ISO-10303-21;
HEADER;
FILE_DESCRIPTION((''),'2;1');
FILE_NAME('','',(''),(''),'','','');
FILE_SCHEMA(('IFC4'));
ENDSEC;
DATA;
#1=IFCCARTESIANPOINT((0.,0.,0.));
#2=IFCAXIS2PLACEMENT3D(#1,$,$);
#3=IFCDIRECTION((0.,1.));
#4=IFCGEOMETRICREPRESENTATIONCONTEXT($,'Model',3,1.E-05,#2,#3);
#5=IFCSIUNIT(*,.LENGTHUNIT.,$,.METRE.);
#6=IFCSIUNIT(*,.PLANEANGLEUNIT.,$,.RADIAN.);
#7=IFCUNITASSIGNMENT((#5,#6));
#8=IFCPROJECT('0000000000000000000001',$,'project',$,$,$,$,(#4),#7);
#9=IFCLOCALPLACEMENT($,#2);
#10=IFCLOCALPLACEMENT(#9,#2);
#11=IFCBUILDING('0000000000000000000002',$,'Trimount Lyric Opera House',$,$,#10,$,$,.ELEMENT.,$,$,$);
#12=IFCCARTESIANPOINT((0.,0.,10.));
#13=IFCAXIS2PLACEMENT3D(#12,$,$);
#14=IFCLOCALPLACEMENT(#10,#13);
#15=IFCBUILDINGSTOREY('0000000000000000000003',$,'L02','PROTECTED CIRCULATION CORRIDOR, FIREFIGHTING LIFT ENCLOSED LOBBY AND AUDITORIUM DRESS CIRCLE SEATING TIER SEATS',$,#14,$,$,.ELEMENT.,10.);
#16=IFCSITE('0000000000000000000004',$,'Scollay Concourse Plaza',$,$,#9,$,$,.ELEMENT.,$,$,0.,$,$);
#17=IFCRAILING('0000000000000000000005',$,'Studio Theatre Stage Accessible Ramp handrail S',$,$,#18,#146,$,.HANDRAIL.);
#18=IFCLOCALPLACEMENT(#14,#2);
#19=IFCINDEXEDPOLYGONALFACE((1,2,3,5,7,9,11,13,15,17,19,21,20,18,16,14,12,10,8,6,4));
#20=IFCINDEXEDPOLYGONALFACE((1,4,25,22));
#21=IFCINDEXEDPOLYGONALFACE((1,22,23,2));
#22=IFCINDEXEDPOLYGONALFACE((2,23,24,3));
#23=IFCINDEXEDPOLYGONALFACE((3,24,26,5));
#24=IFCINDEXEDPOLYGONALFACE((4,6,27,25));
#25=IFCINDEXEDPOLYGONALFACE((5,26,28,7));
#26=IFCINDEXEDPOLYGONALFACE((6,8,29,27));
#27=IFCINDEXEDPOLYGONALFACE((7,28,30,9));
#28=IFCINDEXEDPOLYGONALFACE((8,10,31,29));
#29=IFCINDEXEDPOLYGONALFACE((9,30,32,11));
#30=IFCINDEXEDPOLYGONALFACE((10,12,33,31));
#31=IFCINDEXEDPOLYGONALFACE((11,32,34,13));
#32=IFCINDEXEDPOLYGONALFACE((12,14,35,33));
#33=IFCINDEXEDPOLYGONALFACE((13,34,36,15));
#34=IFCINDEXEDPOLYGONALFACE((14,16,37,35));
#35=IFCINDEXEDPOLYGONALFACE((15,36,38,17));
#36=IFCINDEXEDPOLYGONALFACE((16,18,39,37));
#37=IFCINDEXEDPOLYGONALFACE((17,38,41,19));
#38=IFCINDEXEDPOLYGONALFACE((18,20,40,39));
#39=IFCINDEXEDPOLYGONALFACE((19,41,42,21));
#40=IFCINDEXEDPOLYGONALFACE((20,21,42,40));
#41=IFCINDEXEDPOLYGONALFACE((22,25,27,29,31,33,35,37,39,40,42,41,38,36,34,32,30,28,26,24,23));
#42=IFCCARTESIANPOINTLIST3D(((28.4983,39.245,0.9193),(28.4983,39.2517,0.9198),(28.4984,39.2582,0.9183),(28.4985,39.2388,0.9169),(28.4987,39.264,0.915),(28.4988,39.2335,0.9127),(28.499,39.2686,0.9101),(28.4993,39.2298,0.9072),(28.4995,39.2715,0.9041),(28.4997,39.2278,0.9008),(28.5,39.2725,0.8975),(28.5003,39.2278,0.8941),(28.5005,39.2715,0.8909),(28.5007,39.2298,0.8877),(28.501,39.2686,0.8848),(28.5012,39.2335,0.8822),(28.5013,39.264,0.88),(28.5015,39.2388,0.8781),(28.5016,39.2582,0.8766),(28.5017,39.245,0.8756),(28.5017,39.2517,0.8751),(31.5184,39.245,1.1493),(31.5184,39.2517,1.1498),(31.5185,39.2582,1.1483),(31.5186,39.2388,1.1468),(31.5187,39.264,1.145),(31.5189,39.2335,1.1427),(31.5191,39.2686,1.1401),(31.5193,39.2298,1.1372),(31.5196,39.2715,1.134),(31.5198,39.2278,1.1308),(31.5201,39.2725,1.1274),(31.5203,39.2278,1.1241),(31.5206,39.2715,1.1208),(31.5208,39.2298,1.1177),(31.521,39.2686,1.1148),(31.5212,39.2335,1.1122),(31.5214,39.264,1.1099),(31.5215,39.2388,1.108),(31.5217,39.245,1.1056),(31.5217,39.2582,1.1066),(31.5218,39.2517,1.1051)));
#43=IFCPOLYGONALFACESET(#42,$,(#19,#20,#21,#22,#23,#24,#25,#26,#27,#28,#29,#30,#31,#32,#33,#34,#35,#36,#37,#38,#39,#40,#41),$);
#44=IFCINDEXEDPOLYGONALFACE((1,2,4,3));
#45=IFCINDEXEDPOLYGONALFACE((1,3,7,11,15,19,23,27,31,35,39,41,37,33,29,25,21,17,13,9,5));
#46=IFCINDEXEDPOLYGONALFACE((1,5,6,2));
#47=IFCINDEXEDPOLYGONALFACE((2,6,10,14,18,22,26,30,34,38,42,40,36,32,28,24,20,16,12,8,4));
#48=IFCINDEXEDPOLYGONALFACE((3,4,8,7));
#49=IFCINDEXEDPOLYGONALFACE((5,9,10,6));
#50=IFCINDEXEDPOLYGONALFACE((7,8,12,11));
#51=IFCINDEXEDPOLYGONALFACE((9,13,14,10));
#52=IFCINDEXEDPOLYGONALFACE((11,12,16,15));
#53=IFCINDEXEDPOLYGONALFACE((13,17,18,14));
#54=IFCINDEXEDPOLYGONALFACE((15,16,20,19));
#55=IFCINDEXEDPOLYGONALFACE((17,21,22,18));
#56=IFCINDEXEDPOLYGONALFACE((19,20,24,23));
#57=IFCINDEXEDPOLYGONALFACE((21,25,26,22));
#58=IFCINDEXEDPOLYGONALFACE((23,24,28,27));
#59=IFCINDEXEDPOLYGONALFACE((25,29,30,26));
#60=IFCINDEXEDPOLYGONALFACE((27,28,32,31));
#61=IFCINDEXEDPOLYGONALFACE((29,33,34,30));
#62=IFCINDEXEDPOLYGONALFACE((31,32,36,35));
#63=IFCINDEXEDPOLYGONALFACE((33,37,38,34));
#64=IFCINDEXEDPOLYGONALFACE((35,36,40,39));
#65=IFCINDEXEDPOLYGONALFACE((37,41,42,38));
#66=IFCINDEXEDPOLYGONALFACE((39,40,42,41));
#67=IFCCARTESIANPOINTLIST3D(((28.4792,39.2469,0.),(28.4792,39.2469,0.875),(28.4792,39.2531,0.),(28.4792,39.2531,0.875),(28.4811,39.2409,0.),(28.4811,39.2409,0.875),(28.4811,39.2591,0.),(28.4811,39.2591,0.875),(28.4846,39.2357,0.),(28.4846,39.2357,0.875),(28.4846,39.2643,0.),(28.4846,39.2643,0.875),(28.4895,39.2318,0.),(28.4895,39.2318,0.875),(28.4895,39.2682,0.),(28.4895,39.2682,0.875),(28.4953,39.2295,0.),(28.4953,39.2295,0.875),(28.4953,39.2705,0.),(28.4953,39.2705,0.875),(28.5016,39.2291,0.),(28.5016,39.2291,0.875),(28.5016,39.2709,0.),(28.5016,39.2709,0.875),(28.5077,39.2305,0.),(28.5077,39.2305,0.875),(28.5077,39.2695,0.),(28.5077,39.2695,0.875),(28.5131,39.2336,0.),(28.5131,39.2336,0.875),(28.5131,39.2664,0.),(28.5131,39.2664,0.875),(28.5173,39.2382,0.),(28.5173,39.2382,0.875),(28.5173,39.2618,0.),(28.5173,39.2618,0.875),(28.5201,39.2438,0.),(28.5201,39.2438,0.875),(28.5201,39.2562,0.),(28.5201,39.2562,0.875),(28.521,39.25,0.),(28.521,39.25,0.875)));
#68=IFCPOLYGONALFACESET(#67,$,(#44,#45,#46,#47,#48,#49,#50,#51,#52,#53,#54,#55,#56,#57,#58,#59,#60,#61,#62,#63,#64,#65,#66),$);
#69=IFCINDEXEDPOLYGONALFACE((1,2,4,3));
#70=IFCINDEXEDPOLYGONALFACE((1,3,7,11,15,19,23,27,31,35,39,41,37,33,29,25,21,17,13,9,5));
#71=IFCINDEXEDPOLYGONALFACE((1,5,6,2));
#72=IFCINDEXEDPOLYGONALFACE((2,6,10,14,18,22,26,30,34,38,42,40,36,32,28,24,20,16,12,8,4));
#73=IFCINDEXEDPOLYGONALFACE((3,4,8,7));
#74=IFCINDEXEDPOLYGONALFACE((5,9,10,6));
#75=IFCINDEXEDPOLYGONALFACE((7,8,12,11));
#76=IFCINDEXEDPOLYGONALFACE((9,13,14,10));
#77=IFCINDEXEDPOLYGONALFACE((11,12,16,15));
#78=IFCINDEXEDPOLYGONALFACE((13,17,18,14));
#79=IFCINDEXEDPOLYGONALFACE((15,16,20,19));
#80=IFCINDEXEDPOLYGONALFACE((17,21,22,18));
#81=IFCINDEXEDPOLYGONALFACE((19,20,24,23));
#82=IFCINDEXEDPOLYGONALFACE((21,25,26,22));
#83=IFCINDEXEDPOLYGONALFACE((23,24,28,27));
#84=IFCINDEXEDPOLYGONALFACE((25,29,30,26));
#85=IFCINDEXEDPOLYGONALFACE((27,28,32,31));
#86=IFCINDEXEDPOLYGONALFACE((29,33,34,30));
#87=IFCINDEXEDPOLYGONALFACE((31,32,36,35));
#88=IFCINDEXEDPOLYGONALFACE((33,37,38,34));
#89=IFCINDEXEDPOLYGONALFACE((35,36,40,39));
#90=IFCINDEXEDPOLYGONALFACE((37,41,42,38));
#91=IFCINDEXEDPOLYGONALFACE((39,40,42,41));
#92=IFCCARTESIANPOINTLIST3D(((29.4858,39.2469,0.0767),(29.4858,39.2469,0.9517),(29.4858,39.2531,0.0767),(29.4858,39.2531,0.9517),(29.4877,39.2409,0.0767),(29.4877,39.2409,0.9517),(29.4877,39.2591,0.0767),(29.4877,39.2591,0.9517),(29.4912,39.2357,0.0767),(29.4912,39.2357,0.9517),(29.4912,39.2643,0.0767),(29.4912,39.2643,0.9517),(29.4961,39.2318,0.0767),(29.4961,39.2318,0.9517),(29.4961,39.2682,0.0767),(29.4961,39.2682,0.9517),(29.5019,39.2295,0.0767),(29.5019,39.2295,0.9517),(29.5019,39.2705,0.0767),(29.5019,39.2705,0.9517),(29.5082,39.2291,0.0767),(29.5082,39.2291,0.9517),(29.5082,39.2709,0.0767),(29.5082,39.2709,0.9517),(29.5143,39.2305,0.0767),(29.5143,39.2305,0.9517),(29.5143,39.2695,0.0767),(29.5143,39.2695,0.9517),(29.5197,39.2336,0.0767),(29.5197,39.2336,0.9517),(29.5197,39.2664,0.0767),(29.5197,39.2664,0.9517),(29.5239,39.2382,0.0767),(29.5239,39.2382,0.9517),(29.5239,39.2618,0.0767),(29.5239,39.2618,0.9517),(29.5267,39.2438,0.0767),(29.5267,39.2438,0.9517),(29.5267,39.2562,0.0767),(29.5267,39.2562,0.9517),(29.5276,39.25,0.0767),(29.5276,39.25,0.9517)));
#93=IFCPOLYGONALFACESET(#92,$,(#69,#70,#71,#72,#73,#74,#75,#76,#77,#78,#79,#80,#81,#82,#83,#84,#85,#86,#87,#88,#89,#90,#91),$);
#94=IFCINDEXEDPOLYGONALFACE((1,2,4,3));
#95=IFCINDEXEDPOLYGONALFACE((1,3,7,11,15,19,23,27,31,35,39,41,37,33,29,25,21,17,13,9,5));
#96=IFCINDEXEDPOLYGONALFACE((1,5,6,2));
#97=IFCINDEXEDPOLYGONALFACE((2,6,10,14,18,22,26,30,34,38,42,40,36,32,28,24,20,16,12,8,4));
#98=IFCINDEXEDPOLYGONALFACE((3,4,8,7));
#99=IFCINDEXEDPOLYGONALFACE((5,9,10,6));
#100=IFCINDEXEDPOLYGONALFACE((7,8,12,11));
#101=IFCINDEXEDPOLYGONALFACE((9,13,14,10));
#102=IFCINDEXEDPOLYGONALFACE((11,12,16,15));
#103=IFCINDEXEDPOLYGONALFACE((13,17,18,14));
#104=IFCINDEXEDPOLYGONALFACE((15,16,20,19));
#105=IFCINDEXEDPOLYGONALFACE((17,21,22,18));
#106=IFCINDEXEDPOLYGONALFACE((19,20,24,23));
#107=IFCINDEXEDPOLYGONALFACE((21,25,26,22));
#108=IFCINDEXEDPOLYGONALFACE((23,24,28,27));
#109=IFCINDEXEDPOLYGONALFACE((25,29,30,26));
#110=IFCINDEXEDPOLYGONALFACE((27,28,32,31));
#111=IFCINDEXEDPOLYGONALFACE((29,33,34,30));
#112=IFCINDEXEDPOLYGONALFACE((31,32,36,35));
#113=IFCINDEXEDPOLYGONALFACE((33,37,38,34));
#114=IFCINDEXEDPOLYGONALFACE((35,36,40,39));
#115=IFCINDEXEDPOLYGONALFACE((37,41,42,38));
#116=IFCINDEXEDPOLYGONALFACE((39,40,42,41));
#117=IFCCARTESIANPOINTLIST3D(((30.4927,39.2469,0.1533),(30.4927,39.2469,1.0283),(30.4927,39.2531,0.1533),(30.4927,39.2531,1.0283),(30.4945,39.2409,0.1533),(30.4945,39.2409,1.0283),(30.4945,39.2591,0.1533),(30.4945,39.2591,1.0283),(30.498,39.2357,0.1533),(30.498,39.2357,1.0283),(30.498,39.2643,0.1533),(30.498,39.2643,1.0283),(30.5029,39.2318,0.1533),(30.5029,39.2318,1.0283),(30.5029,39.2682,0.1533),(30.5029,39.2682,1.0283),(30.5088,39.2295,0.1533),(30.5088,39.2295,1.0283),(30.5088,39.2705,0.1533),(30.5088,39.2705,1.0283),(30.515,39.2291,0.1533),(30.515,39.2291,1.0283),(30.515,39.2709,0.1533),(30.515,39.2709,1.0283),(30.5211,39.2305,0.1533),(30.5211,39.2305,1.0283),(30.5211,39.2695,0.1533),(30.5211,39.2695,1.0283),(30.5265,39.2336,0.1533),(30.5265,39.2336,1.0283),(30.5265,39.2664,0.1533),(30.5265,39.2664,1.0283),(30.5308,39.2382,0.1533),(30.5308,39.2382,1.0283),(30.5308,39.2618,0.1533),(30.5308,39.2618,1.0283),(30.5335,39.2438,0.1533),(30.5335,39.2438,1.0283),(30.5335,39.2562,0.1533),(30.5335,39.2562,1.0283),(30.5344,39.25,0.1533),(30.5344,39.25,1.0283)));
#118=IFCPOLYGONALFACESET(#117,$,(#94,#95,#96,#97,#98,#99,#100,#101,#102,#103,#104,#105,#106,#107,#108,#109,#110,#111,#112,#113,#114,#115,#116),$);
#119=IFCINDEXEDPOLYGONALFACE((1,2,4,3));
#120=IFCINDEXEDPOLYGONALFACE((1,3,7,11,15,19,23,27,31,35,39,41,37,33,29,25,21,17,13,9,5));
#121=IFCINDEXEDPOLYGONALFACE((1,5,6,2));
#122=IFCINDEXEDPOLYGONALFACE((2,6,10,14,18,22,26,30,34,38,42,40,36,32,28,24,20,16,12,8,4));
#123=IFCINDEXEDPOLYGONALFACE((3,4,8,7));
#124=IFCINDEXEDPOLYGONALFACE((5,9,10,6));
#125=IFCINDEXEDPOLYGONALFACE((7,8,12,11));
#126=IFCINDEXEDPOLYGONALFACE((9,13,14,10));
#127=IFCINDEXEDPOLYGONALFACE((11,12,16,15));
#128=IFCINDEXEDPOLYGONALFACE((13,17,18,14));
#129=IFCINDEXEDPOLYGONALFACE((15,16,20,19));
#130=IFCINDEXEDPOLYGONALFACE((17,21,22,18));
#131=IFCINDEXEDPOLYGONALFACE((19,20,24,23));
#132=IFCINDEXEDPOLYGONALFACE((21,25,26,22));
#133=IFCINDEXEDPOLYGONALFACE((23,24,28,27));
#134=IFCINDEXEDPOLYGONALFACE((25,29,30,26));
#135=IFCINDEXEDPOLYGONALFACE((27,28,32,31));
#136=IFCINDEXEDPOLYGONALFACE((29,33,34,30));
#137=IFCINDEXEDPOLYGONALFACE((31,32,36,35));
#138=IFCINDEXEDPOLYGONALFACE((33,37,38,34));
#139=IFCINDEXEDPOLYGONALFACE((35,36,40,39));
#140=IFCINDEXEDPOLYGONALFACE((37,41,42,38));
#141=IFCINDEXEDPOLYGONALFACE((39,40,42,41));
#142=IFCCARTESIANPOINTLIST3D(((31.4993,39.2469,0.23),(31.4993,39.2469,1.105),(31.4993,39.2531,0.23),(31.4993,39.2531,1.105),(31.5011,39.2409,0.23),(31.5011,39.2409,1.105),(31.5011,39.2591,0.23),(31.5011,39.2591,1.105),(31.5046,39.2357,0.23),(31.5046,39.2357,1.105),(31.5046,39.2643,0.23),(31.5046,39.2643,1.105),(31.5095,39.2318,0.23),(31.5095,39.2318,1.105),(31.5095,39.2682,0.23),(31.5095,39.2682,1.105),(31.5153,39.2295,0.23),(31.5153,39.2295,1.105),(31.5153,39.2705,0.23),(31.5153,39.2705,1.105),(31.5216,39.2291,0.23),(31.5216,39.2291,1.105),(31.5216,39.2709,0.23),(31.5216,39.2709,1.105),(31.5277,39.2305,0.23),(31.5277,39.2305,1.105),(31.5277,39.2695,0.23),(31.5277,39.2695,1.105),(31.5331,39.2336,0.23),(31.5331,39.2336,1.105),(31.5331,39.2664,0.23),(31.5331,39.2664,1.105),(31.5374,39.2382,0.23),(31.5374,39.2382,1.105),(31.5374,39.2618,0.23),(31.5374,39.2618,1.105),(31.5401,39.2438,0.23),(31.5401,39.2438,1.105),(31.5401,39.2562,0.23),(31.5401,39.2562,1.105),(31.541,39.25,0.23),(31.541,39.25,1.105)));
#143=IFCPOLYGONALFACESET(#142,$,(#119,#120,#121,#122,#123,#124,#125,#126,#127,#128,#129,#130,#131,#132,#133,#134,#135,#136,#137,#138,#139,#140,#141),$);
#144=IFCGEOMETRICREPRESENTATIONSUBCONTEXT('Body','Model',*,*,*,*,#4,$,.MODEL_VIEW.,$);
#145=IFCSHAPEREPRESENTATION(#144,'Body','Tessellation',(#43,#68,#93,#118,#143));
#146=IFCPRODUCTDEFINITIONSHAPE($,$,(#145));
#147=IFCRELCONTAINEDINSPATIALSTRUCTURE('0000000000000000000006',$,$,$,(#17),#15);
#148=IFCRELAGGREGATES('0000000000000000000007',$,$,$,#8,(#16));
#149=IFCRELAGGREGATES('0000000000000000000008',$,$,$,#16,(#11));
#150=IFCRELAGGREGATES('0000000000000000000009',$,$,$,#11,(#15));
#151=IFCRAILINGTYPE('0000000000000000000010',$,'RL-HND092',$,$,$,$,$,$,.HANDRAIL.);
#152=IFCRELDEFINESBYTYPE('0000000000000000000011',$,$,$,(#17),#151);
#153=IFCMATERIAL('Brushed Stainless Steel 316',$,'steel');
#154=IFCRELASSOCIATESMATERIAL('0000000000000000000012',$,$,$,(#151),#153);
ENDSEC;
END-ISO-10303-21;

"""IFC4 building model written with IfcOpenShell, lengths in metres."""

from ifc_helpers import new_model, si_unit, direction, frame, origin, origin_2d, place, context, subcontext, project, spatial, circle, extrude, material, type_object, element, save


model = new_model("IFC4")

# Units and contexts
model_context = context("Model", 3, precision=1e-05, world=origin(), true_north=direction((0.0, 1.0)))
body_context = subcontext(model_context, "Body", "Model", "MODEL_VIEW")
ifc_project = project(units=[si_unit("LENGTHUNIT", "METRE"), si_unit("PLANEANGLEUNIT", "RADIAN")], contexts=[model_context])

# Site, building, storey
site_placement = place(None, origin())
site = spatial("IfcSite", under=ifc_project, at=site_placement, Name="Scollay Concourse Plaza", CompositionType="ELEMENT", RefElevation=0.0)
building_placement = place(site_placement, origin())
building = spatial("IfcBuilding", under=site, at=building_placement, Name="Trimount Lyric Opera House", CompositionType="ELEMENT")
storey_placement = place(building_placement, frame((0.0, 0.0, 10.0)))
storey = spatial("IfcBuildingStorey", under=building, at=storey_placement, Name="L02", Description="PROTECTED CIRCULATION CORRIDOR, FIREFIGHTING LIFT ENCLOSED LOBBY AND AUDITORIUM DRESS CIRCLE SEATING TIER SEATS", CompositionType="ELEMENT", Elevation=10.0)

# Railing
ifc_material_1 = material(Name="Brushed Stainless Steel 316", Category="steel")
railing_type = type_object("IfcRailingType", Name="RL-HND092", PredefinedType="HANDRAIL", material=ifc_material_1)
for number, where, name in (
    (1, (28.5, 39.25, 0.0), "Studio Theatre Stage Accessible Ramp handrail S"),
):
    element("IfcRailing", number, at=place(storey_placement, frame(where)), inside=storey, type_object=railing_type, Name=name, PredefinedType="HANDRAIL", context=body_context, shape_type="SweptSolid", body=[
        extrude(circle(Radius=0.0225, at=origin_2d()), frame((0.0, 0.0, 0.8975), z_axis=(0.997113, 0.0, 0.075932), x_axis=(0.0, 1.0, 0.0)), (0.0, 0.0, 1.0), 3.0288),
        extrude(circle(Radius=0.021, at=origin_2d()), origin(), (0.0, 0.0, 1.0), 0.875),
        extrude(circle(Radius=0.021, at=origin_2d()), frame((1.0066, 0.0, 0.0767)), (0.0, 0.0, 1.0), 0.875),
        extrude(circle(Radius=0.021, at=origin_2d()), frame((2.0134, 0.0, 0.1533)), (0.0, 0.0, 1.0), 0.875),
        extrude(circle(Radius=0.021, at=origin_2d()), frame((3.02, 0.0, 0.23)), (0.0, 0.0, 1.0), 0.875),
    ])

save(model, "model.ifc")
